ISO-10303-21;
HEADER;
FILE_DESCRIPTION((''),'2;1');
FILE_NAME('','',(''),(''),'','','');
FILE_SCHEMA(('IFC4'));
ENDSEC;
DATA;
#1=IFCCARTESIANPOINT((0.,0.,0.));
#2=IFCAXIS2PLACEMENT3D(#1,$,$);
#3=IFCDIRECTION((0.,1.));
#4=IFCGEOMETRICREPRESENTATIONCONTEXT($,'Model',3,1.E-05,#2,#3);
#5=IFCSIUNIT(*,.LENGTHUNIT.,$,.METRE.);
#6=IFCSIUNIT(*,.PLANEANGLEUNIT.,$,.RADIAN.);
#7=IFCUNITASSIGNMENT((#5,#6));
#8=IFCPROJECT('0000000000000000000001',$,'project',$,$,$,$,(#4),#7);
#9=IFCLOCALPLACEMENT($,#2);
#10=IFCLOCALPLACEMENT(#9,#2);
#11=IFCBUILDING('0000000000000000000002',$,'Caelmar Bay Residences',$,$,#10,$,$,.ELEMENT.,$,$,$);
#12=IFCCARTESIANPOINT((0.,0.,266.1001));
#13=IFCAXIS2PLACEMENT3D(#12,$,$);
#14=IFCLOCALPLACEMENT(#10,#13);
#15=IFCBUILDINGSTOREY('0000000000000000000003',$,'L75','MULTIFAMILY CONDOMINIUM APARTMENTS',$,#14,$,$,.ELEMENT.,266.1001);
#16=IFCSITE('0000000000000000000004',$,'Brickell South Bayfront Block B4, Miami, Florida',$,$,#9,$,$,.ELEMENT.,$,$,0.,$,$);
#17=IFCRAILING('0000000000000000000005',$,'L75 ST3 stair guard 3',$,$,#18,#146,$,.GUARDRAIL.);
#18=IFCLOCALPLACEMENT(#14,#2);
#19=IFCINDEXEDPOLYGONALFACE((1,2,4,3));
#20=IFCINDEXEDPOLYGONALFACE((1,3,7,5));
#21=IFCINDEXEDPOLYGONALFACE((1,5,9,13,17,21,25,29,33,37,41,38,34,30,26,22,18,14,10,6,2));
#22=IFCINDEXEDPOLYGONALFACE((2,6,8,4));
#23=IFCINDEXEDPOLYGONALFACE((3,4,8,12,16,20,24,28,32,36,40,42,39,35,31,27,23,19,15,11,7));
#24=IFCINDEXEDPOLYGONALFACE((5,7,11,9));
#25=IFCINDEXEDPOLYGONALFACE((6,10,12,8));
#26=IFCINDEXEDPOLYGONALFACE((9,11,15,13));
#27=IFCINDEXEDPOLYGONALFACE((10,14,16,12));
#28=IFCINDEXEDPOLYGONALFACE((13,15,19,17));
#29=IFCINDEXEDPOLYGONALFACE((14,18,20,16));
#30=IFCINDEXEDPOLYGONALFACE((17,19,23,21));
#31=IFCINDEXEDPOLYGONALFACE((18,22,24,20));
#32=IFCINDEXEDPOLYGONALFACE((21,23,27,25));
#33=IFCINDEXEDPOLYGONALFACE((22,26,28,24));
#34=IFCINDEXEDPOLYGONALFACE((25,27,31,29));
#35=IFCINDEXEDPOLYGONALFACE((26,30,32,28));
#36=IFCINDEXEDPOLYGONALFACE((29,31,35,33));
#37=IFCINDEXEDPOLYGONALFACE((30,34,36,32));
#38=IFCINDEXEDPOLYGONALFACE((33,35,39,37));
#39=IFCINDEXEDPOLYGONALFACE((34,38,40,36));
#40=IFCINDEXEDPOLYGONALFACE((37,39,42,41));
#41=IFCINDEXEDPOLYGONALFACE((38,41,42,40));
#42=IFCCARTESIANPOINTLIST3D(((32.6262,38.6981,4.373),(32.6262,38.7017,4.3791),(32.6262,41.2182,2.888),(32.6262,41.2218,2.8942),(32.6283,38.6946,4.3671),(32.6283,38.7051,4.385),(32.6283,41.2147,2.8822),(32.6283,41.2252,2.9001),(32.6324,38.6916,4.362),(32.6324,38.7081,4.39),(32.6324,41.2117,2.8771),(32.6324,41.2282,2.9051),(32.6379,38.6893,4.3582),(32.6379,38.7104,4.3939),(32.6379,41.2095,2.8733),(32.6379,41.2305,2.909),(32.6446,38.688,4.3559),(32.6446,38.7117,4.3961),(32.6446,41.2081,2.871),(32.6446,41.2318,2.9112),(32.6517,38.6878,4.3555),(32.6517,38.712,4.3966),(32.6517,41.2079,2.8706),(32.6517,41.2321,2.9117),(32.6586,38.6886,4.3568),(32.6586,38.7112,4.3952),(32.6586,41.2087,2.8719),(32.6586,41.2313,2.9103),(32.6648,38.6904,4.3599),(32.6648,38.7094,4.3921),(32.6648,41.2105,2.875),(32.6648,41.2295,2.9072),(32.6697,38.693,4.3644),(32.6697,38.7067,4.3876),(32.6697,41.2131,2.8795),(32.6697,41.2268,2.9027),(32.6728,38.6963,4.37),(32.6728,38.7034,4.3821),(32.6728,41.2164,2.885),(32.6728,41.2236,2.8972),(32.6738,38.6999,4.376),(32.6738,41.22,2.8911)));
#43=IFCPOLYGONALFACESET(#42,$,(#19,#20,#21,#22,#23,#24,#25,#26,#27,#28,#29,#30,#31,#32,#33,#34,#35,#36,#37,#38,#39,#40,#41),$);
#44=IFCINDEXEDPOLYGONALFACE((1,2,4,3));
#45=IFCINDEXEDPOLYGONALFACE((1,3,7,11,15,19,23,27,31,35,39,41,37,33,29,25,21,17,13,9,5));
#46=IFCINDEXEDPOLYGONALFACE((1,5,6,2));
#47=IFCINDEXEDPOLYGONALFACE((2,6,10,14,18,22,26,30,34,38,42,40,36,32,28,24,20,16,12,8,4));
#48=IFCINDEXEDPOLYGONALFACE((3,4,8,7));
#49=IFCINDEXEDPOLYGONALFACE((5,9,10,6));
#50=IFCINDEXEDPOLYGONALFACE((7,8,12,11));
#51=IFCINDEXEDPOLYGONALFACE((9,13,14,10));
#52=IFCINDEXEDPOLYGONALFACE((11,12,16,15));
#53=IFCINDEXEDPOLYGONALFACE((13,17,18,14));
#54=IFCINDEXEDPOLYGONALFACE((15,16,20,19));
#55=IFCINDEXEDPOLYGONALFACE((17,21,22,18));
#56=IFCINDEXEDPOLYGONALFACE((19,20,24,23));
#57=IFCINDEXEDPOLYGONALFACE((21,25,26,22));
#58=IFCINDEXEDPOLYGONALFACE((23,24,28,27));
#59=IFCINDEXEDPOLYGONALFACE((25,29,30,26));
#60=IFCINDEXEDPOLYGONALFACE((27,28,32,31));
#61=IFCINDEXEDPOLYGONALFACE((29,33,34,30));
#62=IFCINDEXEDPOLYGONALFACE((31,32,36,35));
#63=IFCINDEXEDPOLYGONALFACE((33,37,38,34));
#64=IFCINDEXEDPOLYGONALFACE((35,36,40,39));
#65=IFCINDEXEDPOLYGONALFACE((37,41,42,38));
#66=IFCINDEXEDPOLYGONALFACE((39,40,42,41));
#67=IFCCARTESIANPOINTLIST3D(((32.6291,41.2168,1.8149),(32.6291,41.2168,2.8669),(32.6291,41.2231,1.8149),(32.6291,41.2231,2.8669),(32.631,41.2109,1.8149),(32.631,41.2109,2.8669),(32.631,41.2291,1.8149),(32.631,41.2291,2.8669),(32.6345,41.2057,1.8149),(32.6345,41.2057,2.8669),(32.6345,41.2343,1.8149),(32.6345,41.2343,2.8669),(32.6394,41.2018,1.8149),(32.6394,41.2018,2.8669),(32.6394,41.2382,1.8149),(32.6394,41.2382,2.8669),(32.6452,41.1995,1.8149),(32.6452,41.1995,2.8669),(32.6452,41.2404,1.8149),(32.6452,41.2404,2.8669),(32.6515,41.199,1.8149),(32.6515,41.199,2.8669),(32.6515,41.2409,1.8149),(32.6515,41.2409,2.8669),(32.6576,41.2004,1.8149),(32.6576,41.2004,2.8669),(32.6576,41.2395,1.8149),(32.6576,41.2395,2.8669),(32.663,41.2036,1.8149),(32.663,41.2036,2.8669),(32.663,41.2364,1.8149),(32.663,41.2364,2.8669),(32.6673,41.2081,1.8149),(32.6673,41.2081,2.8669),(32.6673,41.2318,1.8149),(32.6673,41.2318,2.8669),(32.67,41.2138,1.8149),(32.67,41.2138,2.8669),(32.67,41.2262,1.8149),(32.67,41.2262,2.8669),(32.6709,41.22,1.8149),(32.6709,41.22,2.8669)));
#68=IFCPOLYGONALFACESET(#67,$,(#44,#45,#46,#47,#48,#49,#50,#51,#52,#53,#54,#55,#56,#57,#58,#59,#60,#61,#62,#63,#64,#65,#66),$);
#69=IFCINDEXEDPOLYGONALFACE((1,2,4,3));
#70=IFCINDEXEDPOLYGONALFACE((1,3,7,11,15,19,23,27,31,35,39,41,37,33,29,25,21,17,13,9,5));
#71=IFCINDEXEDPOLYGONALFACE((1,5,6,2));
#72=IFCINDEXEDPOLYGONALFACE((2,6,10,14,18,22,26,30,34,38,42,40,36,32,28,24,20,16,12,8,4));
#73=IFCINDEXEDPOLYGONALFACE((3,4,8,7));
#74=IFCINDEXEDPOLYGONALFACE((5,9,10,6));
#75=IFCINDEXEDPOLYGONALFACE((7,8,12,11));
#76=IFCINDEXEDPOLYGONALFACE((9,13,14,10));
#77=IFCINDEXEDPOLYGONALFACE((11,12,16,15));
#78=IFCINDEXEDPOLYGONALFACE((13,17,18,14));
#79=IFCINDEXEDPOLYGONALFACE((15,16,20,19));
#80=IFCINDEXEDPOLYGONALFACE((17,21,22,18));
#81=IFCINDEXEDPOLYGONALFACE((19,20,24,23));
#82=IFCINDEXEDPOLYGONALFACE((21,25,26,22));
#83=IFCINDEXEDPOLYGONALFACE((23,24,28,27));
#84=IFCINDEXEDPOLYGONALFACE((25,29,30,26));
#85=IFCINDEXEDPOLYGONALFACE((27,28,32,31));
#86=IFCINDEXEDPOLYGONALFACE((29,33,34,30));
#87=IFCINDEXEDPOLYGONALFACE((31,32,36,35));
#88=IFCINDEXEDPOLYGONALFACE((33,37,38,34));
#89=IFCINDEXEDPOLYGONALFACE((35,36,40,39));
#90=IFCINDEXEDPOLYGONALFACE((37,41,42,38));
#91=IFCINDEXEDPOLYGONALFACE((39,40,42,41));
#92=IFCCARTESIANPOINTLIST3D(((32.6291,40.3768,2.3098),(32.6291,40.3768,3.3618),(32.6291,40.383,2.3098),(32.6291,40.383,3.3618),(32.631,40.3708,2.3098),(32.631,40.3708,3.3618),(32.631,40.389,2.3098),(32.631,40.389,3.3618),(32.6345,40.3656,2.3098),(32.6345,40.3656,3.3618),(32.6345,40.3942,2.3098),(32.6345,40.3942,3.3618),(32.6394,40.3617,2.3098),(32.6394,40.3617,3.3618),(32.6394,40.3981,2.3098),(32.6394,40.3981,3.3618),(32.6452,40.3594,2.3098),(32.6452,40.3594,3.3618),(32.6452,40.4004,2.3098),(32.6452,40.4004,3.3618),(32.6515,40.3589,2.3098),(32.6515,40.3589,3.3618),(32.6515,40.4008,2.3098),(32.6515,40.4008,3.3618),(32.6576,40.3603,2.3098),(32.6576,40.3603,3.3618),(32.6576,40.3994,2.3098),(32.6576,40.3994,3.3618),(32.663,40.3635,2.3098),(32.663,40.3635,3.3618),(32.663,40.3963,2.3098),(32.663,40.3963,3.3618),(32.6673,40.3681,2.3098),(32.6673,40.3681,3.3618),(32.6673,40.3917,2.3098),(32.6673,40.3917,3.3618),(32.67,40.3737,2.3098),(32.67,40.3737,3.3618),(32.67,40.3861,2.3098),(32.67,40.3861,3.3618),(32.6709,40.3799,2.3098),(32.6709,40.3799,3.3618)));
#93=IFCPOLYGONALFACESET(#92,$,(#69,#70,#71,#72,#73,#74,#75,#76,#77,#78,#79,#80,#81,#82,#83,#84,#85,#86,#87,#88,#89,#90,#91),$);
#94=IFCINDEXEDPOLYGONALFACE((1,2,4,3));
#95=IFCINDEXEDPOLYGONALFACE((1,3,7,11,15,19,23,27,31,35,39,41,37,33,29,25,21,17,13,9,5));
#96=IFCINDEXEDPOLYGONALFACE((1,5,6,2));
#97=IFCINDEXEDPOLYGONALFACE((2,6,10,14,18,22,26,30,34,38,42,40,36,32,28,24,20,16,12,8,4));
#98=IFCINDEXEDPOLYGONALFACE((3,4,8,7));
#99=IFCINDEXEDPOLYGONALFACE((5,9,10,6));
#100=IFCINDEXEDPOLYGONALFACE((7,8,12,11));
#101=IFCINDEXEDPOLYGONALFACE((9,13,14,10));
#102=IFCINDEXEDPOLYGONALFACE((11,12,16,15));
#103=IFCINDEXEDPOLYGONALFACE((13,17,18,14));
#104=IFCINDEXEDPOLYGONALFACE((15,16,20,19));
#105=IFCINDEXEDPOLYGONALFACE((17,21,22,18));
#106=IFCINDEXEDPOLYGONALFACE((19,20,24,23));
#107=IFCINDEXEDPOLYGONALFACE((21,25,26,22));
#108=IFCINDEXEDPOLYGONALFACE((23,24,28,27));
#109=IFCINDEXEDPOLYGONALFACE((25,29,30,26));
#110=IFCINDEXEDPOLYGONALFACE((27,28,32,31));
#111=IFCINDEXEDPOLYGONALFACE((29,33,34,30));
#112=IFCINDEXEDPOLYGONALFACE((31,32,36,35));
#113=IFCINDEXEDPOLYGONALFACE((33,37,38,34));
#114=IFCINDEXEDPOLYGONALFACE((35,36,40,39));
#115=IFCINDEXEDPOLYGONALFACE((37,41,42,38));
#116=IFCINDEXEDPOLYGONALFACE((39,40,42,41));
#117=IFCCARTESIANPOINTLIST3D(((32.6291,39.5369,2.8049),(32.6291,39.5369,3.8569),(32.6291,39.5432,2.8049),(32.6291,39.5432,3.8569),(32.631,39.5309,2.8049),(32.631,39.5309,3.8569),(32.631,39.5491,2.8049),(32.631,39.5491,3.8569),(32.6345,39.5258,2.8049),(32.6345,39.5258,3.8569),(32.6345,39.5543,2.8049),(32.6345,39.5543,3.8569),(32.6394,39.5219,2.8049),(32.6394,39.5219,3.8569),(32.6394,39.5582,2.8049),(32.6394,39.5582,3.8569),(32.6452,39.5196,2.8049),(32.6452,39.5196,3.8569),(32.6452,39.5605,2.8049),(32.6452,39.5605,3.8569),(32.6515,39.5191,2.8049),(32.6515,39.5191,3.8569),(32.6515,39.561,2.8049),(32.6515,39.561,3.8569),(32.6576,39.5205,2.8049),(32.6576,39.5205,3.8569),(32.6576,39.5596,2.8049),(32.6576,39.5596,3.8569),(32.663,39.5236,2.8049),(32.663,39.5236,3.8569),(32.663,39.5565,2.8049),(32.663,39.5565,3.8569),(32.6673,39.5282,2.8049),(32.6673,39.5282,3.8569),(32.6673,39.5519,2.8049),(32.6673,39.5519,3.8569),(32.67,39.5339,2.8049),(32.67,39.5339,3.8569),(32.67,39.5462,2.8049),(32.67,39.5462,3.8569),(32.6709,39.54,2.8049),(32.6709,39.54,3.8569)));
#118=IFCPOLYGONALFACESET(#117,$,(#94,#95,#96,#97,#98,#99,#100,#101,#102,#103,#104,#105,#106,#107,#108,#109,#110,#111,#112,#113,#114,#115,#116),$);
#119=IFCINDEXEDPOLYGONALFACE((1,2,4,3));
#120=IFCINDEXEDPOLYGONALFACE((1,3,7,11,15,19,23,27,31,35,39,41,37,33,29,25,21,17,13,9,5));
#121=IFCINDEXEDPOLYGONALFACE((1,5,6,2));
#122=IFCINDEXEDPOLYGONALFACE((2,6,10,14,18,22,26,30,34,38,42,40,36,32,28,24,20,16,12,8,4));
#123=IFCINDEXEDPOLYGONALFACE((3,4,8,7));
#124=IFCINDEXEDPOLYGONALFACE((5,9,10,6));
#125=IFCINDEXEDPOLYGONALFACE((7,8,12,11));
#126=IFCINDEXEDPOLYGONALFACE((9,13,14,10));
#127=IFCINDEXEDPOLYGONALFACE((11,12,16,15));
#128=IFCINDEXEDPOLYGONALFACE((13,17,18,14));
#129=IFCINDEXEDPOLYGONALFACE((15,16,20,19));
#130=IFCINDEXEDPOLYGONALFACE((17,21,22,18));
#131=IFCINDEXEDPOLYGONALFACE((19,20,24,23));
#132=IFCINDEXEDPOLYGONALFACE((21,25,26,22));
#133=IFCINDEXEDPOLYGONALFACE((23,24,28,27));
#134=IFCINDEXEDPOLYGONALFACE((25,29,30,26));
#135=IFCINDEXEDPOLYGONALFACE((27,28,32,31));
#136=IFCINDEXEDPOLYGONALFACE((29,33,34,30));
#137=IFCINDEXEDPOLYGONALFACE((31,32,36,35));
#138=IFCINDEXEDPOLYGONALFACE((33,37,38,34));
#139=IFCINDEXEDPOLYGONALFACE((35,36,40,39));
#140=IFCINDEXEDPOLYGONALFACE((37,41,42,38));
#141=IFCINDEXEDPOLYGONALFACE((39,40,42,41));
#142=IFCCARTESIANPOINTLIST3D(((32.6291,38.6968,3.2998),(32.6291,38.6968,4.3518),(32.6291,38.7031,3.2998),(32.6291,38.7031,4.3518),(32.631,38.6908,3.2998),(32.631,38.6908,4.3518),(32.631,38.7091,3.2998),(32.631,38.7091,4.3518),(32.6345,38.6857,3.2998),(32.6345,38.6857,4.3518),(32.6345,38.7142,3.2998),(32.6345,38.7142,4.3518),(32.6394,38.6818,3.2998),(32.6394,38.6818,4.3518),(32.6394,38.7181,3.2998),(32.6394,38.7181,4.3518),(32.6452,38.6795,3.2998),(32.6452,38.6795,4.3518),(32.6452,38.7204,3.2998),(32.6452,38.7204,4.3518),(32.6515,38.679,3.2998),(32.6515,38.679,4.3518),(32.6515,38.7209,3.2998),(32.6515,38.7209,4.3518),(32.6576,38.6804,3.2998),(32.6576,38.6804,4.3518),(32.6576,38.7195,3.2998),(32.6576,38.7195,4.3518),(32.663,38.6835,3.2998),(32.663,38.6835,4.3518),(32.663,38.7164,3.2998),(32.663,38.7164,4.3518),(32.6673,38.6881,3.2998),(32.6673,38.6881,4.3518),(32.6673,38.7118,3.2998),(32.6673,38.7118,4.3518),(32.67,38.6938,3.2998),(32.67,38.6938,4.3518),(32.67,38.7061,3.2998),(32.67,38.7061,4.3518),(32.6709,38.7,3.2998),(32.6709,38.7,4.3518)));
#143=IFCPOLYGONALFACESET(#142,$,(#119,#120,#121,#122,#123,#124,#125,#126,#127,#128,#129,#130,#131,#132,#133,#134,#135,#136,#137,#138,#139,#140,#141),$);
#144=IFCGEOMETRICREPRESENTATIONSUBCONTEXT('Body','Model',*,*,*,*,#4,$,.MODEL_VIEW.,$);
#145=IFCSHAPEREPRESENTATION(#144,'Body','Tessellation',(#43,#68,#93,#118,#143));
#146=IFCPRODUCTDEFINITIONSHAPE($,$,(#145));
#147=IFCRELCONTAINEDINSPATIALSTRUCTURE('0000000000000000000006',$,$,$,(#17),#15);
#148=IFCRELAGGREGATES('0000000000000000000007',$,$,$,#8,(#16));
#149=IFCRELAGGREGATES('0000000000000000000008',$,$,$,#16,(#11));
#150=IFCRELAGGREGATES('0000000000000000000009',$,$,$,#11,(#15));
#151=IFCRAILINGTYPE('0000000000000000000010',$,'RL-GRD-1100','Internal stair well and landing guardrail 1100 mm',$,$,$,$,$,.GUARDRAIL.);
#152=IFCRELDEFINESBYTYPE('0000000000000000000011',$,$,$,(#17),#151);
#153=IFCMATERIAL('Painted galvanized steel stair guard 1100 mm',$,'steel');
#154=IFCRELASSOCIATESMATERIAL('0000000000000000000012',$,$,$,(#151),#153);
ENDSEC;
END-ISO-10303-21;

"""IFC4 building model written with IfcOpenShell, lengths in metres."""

from ifc_helpers import new_model, si_unit, direction, frame, origin, origin_2d, place, context, subcontext, project, spatial, circle, extrude, material, type_object, element, save


model = new_model("IFC4")

# Units and contexts
model_context = context("Model", 3, precision=1e-05, world=origin(), true_north=direction((0.0, 1.0)))
body_context = subcontext(model_context, "Body", "Model", "MODEL_VIEW")
ifc_project = project(units=[si_unit("LENGTHUNIT", "METRE"), si_unit("PLANEANGLEUNIT", "RADIAN")], contexts=[model_context])

# Site, building, storey
site_placement = place(None, origin())
site = spatial("IfcSite", under=ifc_project, at=site_placement, Name="Brickell South Bayfront Block B4, Miami, Florida", CompositionType="ELEMENT", RefElevation=0.0)
building_placement = place(site_placement, origin())
building = spatial("IfcBuilding", under=site, at=building_placement, Name="Caelmar Bay Residences", CompositionType="ELEMENT")
storey_placement = place(building_placement, frame((0.0, 0.0, 266.1001)))
storey = spatial("IfcBuildingStorey", under=building, at=storey_placement, Name="L75", Description="MULTIFAMILY CONDOMINIUM APARTMENTS", CompositionType="ELEMENT", Elevation=266.1001)

# Railing
ifc_material_1 = material(Name="Painted galvanized steel stair guard 1100 mm", Category="steel")
railing_type_1 = type_object("IfcRailingType", Name="RL-GRD-1100", Description="Internal stair well and landing guardrail 1100 mm", PredefinedType="GUARDRAIL", material=ifc_material_1)
railing_1_placement = place(storey_placement, frame((32.6499, 41.22, 1.8149)))
element("IfcRailing", 1, at=railing_1_placement, inside=storey, type_object=railing_type_1, Name="L75 ST3 stair guard 3", PredefinedType="GUARDRAIL", context=body_context, shape_type="SweptSolid", body=[
    extrude(circle(Radius=0.0239, at=origin_2d()), frame((0.0, 0.0, 1.0762), z_axis=(0.0, -0.861561, 0.507655), x_axis=(1.0, 0.0, 0.0)), (0.0, 0.0, 1.0), 2.925),
    extrude(circle(Radius=0.021, at=origin_2d()), origin(), (0.0, 0.0, 1.0), 1.052),
    extrude(circle(Radius=0.021, at=origin_2d()), frame((0.0, -0.8401, 0.4949)), (0.0, 0.0, 1.0), 1.052),
    extrude(circle(Radius=0.021, at=origin_2d()), frame((0.0, -1.6799, 0.99)), (0.0, 0.0, 1.0), 1.052),
    extrude(circle(Radius=0.021, at=origin_2d()), frame((0.0, -2.52, 1.4849)), (0.0, 0.0, 1.0), 1.052),
])

save(model, "model.ifc")
